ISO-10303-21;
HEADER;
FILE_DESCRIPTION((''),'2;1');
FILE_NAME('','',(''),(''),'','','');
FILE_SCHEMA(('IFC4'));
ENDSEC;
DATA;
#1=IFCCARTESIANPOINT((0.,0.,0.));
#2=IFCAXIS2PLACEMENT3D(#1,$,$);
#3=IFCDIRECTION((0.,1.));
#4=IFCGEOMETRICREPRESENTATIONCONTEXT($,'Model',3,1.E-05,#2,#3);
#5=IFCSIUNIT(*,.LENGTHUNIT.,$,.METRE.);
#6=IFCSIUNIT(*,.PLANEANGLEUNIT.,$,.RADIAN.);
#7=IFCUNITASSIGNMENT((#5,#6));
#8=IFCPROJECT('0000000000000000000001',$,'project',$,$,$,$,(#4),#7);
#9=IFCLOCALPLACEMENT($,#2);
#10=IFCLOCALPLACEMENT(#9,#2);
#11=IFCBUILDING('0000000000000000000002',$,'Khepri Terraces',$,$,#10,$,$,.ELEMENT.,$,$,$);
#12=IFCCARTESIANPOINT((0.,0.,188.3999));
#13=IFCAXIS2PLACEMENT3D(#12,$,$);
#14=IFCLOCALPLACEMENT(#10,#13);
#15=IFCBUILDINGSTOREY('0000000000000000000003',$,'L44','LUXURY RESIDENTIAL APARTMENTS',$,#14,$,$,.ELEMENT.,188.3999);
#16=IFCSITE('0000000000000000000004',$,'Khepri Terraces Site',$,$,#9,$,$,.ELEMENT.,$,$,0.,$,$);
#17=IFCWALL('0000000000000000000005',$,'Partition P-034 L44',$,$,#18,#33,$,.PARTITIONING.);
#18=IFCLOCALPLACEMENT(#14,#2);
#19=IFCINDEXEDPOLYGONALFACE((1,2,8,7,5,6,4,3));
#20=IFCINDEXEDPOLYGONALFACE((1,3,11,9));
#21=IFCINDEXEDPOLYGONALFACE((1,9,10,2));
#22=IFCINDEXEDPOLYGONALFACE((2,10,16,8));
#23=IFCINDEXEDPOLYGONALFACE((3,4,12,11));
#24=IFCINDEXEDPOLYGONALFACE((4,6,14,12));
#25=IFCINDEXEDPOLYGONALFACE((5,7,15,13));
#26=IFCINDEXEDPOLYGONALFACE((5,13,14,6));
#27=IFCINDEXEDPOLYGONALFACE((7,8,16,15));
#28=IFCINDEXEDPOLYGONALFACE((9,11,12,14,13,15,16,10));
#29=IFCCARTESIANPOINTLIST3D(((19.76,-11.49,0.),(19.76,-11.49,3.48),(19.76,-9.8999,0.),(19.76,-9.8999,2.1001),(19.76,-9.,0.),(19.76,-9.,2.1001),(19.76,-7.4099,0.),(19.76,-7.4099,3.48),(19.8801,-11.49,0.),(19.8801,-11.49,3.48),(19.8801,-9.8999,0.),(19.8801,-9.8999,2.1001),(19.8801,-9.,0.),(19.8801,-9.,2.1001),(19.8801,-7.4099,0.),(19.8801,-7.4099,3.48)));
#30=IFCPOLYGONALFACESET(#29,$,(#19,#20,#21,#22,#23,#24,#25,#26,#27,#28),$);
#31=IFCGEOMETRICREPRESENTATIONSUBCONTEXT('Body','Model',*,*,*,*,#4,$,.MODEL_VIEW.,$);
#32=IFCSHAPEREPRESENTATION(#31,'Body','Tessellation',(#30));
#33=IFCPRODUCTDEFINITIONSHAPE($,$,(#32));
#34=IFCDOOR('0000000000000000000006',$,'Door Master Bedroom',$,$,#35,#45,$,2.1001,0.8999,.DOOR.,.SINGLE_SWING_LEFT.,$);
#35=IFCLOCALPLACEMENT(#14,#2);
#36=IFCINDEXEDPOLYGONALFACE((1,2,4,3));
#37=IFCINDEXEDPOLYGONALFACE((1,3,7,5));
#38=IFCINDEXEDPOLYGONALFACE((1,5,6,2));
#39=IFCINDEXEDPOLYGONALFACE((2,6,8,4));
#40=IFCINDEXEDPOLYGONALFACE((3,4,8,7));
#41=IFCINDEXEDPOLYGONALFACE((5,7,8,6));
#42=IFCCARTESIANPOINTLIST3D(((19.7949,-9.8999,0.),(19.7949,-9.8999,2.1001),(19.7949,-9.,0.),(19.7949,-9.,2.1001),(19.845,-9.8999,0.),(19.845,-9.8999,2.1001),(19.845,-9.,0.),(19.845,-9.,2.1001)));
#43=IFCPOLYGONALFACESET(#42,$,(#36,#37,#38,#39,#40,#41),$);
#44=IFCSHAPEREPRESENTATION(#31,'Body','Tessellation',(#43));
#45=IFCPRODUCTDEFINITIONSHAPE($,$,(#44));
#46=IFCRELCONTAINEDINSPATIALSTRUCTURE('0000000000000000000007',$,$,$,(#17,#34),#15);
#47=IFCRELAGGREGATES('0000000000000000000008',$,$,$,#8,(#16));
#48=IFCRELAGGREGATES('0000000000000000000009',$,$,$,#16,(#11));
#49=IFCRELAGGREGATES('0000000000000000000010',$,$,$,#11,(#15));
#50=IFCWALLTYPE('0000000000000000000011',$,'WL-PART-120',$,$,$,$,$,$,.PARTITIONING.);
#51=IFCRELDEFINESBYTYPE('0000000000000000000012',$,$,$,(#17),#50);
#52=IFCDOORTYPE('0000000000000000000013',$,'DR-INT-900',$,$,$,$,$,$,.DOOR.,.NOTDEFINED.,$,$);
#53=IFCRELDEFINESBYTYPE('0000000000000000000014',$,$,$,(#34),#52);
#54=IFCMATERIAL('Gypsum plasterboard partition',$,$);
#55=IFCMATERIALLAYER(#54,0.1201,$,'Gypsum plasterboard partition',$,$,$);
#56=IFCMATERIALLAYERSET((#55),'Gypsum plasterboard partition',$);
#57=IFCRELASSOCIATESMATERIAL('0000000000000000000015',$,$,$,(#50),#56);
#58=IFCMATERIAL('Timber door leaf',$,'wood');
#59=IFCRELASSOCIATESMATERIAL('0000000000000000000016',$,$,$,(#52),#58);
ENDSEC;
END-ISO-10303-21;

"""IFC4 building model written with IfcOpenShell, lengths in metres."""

from ifc_helpers import new_model, si_unit, direction, frame, frame_2d, origin, place, context, subcontext, project, spatial, rectangle, extrude, material, layer, layer_set, type_object, element, fill, save


model = new_model("IFC4")

# Units and contexts
model_context = context("Model", 3, precision=1e-05, world=origin(), true_north=direction((0.0, 1.0)))
body_context = subcontext(model_context, "Body", "Model", "MODEL_VIEW")
ifc_project = project(units=[si_unit("LENGTHUNIT", "METRE"), si_unit("PLANEANGLEUNIT", "RADIAN")], contexts=[model_context])

# Site, building, storey
site_placement = place(None, origin())
site = spatial("IfcSite", under=ifc_project, at=site_placement, Name="Khepri Terraces Site", CompositionType="ELEMENT", RefElevation=0.0)
building_placement = place(site_placement, origin())
building = spatial("IfcBuilding", under=site, at=building_placement, Name="Khepri Terraces", CompositionType="ELEMENT")
storey_placement = place(building_placement, frame((0.0, 0.0, 188.3999)))
storey = spatial("IfcBuildingStorey", under=building, at=storey_placement, Name="L44", Description="LUXURY RESIDENTIAL APARTMENTS", CompositionType="ELEMENT", Elevation=188.3999)

# Shared definitions
ifc_material_1 = material(Name="Gypsum plasterboard partition")
ifc_layer_1 = layer(ifc_material_1, 0.1201, Name="Gypsum plasterboard partition")
ifc_layer_set_1 = layer_set([ifc_layer_1], Name="Gypsum plasterboard partition")
wall_type_1 = type_object("IfcWallType", Name="WL-PART-120", PredefinedType="PARTITIONING", material=ifc_layer_set_1)
ifc_material_2 = material(Name="Timber door leaf", Category="wood")
door_type_1 = type_object("IfcDoorType", Name="DR-INT-900", OperationType="NOTDEFINED", PredefinedType="DOOR", material=ifc_material_2)

# Wall, opening, door
wall_1_placement = place(storey_placement, frame((19.8201, -11.49, 0.0), z_axis=(0.0, 0.0, 1.0), x_axis=(0.0, 1.0, 0.0)))
wall_1 = element("IfcWall", 1, at=wall_1_placement, inside=storey, type_object=wall_type_1, Name="Partition P-034 L44", PredefinedType="PARTITIONING", context=body_context, shape_type="SweptSolid", body=[
    extrude(rectangle(XDim=4.0801, YDim=0.1201, at=frame_2d((2.04, 0.0))), origin(), (0.0, 0.0, 1.0), 3.48),
])
opening_1_placement = place(wall_1_placement, frame((1.5901, 0.0, 0.0)))
opening_1 = element("IfcOpeningElement", 2, at=opening_1_placement, cuts=wall_1, PredefinedType="OPENING", context=body_context, shape_type="SweptSolid", body=[
    extrude(rectangle(XDim=0.8999, YDim=2.1001, at=frame_2d((0.45, 1.05))), frame((0.0, 0.0701, 0.0), z_axis=(0.0, -1.0, 0.0), x_axis=(1.0, 0.0, 0.0)), (0.0, 0.0, 1.0), 0.1401),
])
door_1_placement = place(opening_1_placement, frame((0.8999, 0.0, 0.0), z_axis=(0.0, 0.0, 1.0), x_axis=(-1.0, 0.0, 0.0)))
door_1 = element("IfcDoor", 3, at=door_1_placement, inside=storey, type_object=door_type_1, Name="Door Master Bedroom", OperationType="SINGLE_SWING_LEFT", OverallHeight=2.1001, OverallWidth=0.8999, PredefinedType="DOOR", context=body_context, shape_type="SweptSolid", body=[
    extrude(rectangle(XDim=0.8999, YDim=2.1001, at=frame_2d((0.45, 1.05))), frame((0.0, 0.0249, 0.0), z_axis=(0.0, -1.0, 0.0), x_axis=(1.0, 0.0, 0.0)), (0.0, 0.0, 1.0), 0.05),
])
fill(opening_1, door_1)

save(model, "model.ifc")
